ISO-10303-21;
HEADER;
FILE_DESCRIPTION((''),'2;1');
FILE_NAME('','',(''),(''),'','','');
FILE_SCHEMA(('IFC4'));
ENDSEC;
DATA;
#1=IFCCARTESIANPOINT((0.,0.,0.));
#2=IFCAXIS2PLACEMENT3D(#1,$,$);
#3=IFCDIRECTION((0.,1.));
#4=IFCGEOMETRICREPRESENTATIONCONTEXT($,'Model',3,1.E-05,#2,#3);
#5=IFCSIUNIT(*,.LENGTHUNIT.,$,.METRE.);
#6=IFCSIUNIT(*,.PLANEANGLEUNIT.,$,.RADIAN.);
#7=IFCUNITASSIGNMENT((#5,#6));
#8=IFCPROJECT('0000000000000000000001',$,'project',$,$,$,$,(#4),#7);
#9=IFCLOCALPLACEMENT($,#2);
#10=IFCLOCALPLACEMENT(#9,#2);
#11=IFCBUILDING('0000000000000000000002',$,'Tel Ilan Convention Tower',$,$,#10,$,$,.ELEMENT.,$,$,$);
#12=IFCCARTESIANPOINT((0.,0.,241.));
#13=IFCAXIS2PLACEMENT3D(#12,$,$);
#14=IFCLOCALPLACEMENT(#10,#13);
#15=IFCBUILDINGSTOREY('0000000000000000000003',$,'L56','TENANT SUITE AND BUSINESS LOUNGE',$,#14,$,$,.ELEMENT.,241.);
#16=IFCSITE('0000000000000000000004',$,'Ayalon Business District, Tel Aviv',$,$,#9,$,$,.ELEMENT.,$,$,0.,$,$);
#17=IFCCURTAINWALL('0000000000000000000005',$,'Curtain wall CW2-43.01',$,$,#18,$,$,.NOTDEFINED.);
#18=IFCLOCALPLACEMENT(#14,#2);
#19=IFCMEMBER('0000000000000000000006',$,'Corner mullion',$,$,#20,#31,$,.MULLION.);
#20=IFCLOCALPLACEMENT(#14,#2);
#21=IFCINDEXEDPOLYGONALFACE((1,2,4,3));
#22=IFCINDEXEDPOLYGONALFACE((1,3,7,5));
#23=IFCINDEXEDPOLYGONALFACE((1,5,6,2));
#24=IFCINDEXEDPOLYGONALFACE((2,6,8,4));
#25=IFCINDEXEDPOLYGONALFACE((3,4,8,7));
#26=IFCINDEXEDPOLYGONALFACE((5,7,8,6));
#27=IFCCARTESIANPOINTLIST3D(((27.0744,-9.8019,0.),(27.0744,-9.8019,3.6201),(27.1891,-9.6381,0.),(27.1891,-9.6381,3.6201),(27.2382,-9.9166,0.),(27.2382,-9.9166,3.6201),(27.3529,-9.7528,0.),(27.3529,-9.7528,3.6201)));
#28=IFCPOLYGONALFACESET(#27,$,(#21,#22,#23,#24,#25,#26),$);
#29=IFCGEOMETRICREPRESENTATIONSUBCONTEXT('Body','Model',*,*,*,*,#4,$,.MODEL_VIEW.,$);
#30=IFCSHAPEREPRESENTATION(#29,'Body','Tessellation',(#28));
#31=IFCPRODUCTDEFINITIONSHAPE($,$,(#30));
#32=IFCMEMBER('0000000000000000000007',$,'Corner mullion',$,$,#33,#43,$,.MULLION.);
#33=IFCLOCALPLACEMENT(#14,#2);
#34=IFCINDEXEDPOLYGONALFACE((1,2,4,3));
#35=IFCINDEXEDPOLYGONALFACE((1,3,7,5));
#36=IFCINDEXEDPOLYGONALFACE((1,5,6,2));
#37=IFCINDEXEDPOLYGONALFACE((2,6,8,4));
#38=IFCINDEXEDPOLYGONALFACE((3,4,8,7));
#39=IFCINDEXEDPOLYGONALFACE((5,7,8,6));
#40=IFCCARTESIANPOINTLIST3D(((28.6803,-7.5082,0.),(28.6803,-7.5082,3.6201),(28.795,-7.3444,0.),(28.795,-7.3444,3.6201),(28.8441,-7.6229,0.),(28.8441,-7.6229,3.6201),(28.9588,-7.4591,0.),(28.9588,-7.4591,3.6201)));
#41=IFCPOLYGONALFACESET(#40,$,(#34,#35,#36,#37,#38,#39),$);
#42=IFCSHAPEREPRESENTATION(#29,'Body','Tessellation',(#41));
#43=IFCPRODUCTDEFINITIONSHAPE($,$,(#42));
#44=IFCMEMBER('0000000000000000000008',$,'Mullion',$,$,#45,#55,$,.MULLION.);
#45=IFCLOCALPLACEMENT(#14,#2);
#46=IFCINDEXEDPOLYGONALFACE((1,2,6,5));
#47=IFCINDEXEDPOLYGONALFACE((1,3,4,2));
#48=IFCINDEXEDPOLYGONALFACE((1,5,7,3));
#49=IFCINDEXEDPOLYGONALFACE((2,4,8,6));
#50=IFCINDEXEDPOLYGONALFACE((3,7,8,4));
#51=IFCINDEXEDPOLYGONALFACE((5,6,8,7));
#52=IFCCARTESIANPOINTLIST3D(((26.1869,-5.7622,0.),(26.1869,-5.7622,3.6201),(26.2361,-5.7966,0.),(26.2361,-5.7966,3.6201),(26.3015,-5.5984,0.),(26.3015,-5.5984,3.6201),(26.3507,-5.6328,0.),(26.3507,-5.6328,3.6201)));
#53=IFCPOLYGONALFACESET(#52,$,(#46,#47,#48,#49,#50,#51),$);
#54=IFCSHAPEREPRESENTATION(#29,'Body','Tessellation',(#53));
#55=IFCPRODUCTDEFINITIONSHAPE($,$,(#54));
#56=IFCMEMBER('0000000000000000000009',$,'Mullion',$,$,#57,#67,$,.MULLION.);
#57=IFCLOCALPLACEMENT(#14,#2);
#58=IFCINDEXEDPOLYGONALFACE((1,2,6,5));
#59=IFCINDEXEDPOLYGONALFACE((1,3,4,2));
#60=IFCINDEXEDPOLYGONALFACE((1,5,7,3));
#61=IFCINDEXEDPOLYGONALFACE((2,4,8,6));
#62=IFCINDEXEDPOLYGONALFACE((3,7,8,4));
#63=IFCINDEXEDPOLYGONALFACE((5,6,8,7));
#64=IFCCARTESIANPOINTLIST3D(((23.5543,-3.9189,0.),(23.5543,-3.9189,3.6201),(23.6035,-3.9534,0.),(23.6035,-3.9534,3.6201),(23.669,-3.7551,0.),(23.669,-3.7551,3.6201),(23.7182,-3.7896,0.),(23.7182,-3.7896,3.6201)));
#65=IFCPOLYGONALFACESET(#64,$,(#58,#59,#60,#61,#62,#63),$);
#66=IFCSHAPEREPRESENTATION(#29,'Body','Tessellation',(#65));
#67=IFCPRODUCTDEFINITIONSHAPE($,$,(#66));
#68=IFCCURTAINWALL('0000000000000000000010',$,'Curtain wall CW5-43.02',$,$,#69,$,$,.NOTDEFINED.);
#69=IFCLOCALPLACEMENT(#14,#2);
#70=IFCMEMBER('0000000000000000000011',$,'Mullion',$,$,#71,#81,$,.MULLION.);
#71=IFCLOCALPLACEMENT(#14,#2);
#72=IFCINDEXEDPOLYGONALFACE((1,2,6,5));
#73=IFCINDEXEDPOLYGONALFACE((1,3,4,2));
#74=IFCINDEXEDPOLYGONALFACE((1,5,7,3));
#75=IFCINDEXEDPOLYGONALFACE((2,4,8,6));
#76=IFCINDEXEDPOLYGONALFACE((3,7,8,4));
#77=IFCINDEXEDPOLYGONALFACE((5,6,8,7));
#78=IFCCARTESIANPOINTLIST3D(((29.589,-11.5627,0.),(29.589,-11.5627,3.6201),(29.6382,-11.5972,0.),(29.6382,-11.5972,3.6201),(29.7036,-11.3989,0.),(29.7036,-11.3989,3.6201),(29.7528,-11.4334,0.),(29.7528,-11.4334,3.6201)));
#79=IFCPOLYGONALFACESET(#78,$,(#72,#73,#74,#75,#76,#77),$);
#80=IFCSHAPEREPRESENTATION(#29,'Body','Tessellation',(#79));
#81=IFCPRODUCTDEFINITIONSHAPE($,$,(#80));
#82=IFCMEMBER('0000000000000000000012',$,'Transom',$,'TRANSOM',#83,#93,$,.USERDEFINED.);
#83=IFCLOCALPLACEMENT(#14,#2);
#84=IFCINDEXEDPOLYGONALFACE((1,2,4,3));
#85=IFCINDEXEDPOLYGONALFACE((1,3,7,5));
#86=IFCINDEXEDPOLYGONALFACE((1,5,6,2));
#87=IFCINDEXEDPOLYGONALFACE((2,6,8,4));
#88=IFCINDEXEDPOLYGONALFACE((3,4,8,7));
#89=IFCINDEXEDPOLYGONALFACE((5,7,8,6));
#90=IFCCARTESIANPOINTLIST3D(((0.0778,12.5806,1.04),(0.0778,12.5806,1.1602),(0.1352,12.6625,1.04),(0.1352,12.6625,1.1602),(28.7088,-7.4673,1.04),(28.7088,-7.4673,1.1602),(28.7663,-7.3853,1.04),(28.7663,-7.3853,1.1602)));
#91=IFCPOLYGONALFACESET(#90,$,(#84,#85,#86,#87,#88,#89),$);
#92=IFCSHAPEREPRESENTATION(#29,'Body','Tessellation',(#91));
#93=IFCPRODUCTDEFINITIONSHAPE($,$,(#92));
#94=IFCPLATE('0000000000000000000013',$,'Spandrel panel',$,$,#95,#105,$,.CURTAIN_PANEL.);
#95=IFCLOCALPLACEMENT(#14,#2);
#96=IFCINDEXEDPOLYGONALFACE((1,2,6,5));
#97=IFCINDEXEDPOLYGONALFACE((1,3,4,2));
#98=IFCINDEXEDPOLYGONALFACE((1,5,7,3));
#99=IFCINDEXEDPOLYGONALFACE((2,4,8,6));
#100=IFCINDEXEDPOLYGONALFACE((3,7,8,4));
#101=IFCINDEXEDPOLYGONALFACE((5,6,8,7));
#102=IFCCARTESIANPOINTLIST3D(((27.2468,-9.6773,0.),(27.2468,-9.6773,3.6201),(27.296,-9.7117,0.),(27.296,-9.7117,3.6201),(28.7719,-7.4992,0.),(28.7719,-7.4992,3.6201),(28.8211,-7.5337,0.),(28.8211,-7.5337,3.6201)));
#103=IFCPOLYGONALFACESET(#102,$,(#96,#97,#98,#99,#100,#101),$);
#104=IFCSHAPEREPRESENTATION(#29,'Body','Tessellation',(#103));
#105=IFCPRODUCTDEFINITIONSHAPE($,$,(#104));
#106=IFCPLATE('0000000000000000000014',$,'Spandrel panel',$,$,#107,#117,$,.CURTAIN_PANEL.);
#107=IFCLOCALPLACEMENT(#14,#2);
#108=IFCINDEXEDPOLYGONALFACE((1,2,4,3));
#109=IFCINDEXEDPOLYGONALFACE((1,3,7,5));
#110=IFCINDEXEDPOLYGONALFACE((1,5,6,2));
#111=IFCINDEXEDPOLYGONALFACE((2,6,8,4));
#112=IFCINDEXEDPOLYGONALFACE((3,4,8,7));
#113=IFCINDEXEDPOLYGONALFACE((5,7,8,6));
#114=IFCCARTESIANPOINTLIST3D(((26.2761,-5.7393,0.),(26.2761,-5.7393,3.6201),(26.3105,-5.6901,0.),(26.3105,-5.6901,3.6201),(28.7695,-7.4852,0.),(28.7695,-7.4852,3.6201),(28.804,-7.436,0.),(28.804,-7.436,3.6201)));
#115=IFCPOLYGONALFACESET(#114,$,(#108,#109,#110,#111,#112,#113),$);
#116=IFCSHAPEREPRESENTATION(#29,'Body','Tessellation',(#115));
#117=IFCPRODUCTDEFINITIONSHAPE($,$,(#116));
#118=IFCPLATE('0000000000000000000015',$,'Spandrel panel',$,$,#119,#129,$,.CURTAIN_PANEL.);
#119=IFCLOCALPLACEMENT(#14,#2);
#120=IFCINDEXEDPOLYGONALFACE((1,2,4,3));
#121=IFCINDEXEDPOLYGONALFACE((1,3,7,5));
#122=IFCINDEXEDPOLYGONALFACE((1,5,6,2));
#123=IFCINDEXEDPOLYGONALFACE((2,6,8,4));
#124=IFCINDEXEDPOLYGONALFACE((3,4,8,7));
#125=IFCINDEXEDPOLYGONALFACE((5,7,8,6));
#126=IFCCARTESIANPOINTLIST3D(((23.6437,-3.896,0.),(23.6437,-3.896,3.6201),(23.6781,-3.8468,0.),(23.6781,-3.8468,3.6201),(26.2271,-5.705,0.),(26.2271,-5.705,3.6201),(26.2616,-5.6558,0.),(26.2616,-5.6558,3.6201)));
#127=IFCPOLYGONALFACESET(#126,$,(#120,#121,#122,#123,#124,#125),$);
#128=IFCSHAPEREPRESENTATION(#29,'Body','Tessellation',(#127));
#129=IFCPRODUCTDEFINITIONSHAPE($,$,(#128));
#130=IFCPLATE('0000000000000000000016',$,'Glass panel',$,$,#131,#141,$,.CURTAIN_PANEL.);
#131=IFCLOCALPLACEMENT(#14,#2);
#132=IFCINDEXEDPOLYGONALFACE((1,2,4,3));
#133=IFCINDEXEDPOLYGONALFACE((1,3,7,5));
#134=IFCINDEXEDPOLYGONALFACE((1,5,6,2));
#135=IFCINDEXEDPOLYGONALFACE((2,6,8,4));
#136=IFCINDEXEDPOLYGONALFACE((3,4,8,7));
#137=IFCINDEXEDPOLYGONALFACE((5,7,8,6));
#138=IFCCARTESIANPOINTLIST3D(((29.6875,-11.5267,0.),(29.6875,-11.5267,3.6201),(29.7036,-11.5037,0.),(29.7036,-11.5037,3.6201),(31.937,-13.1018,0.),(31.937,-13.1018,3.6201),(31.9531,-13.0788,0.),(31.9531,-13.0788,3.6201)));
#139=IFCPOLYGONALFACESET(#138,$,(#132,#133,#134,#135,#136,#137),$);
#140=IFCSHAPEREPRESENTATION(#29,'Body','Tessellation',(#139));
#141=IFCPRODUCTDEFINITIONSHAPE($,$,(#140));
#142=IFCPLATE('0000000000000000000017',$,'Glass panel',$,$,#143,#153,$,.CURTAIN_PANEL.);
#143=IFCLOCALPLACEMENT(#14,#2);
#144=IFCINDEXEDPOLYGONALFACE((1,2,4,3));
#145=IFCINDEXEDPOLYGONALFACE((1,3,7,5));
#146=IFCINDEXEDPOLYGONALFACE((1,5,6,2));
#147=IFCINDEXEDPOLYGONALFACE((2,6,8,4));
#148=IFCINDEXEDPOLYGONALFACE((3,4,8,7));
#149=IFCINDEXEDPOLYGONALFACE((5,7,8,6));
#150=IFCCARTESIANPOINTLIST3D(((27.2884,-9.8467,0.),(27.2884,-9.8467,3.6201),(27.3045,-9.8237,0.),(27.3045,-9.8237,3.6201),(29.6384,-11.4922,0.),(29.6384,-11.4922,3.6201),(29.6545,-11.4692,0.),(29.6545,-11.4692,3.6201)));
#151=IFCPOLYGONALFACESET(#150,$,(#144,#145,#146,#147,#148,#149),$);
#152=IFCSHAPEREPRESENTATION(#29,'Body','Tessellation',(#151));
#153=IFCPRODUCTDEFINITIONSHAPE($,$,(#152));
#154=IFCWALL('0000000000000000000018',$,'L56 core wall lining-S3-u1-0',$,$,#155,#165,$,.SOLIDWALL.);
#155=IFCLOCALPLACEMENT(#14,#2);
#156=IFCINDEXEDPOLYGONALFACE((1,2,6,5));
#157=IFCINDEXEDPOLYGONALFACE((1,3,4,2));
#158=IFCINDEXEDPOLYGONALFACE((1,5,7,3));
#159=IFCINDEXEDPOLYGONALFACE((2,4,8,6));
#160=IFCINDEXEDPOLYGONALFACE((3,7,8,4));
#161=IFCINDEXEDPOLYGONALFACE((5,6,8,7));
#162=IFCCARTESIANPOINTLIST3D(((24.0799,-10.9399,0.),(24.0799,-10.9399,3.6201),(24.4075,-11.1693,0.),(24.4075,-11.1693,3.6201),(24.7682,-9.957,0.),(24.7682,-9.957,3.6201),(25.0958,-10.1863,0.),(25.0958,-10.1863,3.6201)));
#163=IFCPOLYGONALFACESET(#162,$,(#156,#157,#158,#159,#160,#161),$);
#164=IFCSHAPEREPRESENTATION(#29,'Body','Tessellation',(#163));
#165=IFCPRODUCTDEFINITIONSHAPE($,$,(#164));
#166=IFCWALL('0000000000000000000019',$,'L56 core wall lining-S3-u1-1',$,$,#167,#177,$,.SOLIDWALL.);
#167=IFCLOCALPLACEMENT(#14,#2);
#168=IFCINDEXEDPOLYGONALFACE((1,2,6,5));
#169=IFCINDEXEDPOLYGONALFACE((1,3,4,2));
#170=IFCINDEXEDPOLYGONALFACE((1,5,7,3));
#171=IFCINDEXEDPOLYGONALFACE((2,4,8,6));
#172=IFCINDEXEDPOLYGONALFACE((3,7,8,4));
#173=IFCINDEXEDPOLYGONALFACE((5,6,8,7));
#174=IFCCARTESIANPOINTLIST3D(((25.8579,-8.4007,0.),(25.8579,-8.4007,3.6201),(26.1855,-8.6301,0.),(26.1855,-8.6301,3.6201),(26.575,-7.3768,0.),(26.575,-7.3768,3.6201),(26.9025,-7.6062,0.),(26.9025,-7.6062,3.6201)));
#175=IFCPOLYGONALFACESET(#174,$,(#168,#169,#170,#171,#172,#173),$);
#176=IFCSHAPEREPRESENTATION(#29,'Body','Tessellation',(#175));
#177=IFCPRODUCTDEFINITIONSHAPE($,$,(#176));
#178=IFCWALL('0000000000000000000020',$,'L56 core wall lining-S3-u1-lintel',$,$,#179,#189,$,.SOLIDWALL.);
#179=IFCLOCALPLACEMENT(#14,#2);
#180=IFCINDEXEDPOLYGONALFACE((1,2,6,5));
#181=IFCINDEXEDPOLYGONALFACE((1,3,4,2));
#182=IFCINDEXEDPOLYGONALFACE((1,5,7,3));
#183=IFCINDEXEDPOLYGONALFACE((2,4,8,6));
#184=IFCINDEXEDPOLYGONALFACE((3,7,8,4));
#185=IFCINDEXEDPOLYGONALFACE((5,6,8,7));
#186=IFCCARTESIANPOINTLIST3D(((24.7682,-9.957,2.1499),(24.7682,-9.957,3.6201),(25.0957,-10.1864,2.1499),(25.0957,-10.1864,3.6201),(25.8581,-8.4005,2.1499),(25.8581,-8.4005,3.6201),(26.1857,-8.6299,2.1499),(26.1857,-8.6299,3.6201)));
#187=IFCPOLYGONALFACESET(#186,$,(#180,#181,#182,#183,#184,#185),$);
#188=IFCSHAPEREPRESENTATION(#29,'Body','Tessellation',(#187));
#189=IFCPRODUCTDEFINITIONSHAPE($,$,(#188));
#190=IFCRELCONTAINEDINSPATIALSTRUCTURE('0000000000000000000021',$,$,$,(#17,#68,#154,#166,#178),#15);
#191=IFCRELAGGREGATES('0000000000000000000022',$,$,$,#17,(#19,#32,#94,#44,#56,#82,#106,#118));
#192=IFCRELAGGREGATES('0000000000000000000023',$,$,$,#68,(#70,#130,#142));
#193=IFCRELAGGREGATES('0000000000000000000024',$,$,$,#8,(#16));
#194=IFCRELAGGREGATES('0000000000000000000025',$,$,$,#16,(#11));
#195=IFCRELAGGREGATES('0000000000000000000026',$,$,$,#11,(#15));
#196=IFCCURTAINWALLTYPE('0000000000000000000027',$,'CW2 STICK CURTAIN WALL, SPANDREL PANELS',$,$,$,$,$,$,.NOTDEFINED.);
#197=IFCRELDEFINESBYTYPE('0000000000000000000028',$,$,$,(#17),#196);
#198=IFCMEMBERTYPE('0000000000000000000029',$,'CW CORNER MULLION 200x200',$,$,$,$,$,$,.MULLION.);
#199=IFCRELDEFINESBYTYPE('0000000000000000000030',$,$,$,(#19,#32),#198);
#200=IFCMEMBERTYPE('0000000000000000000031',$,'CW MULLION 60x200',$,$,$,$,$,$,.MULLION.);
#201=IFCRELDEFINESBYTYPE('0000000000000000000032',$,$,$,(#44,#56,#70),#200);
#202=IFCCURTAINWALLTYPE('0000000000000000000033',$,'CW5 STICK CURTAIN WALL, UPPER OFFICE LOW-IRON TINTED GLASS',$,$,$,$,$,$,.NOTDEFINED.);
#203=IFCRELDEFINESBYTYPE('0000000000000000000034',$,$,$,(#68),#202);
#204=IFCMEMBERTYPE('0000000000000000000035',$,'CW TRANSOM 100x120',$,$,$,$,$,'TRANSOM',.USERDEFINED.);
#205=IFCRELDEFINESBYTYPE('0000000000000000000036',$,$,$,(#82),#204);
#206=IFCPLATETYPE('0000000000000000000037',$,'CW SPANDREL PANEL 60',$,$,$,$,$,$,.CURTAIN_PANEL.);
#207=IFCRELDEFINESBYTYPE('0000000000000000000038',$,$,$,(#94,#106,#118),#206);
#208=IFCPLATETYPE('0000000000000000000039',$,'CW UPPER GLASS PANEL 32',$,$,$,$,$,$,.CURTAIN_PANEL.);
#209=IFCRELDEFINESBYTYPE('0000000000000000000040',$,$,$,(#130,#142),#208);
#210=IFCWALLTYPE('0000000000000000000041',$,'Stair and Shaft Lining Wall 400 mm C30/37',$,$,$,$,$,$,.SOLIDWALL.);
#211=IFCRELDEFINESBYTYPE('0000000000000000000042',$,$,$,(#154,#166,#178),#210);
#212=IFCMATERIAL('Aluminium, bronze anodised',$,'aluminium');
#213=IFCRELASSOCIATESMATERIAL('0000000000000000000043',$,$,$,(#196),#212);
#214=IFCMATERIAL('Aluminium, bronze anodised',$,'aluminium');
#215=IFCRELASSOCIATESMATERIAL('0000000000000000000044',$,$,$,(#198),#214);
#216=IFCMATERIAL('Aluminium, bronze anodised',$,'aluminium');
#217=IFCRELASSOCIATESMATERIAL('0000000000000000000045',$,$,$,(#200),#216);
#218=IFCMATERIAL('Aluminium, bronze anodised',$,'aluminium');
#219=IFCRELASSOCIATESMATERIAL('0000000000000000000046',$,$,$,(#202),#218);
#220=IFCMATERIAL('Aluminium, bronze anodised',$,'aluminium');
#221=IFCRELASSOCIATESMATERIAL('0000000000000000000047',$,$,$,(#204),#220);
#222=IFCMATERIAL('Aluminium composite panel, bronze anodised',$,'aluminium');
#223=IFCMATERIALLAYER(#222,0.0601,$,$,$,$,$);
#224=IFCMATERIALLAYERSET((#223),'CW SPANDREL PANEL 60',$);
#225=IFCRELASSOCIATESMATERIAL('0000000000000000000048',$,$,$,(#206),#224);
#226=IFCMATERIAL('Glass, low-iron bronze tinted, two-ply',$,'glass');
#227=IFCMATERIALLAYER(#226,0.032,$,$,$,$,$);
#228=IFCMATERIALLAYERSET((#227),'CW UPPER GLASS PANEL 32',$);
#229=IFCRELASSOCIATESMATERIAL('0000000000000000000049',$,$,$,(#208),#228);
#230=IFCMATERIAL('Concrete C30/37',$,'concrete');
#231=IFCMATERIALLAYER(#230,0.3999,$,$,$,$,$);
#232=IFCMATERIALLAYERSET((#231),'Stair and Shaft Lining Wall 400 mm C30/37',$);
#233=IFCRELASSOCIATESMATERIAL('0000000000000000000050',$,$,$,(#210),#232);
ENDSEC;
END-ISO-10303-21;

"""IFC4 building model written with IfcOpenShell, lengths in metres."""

from ifc_helpers import new_model, si_unit, direction, frame, frame_2d, origin, origin_2d, place, context, subcontext, project, spatial, rectangle, extrude, material, layer, layer_set, material_profile, profile_set, type_object, element, aggregate, save


model = new_model("IFC4")

# Units and contexts
model_context = context("Model", 3, precision=1e-05, world=origin(), true_north=direction((0.0, 1.0)))
body_context = subcontext(model_context, "Body", "Model", "MODEL_VIEW")
ifc_project = project(units=[si_unit("LENGTHUNIT", "METRE"), si_unit("PLANEANGLEUNIT", "RADIAN")], contexts=[model_context])

# Site, building, storey
site_placement = place(None, origin())
site = spatial("IfcSite", under=ifc_project, at=site_placement, Name="Ayalon Business District, Tel Aviv", CompositionType="ELEMENT", RefElevation=0.0)
building_placement = place(site_placement, origin())
building = spatial("IfcBuilding", under=site, at=building_placement, Name="Tel Ilan Convention Tower", CompositionType="ELEMENT")
storey_placement = place(building_placement, frame((0.0, 0.0, 241.0)))
storey = spatial("IfcBuildingStorey", under=building, at=storey_placement, Name="L56", Description="TENANT SUITE AND BUSINESS LOUNGE", CompositionType="ELEMENT", Elevation=241.0)

# Curtain wall, members
ifc_material_1 = material(Name="Aluminium, bronze anodised", Category="aluminium")
curtain_wall_type_1 = type_object("IfcCurtainWallType", Name="CW2 STICK CURTAIN WALL, SPANDREL PANELS", PredefinedType="NOTDEFINED", material=ifc_material_1)
curtain_wall_1_placement = place(storey_placement, origin())
curtain_wall_1 = element("IfcCurtainWall", 1, at=curtain_wall_1_placement, inside=storey, type_object=curtain_wall_type_1, Name="Curtain wall CW2-43.01", PredefinedType="NOTDEFINED")
ifc_material_2 = material(Name="Aluminium, bronze anodised", Category="aluminium")
ifc_material_profile_1 = material_profile(ifc_material_2, rectangle(XDim=0.2, YDim=0.2, at=origin_2d()), Name="CW CORNER MULLION 200x200")
ifc_profile_set_1 = profile_set([ifc_material_profile_1], Name="Aluminium, bronze anodised")
member_type_1 = type_object("IfcMemberType", Name="CW CORNER MULLION 200x200", PredefinedType="MULLION", material=ifc_profile_set_1)
member_1_placement = place(storey_placement, frame((27.2136, -9.7773, 0.0), z_axis=(0.0, 0.0, 1.0), x_axis=(-0.819152, 0.573576, 0.0)))
member_1 = element("IfcMember", 2, at=member_1_placement, type_object=member_type_1, Name="Corner mullion", PredefinedType="MULLION", context=body_context, shape_type="SweptSolid", body=[
    extrude(rectangle(XDim=0.2, YDim=0.2, at=origin_2d()), origin(), (0.0, 0.0, 1.0), 3.6201),
])
member_2_placement = place(storey_placement, frame((28.8196, -7.4836, 0.0), z_axis=(0.0, 0.0, 1.0), x_axis=(0.573576, 0.819152, 0.0)))
member_2 = element("IfcMember", 3, at=member_2_placement, type_object=member_type_1, Name="Corner mullion", PredefinedType="MULLION", context=body_context, shape_type="SweptSolid", body=[
    extrude(rectangle(XDim=0.2, YDim=0.2, at=origin_2d()), origin(), (0.0, 0.0, 1.0), 3.6201),
])
ifc_material_3 = material(Name="Aluminium, bronze anodised", Category="aluminium")
ifc_material_profile_2 = material_profile(ifc_material_3, rectangle(XDim=0.0601, YDim=0.2, at=origin_2d()), Name="CW MULLION 60x200")
ifc_profile_set_2 = profile_set([ifc_material_profile_2], Name="Aluminium, bronze anodised")
member_type_2 = type_object("IfcMemberType", Name="CW MULLION 60x200", PredefinedType="MULLION", material=ifc_profile_set_2)
member_3_placement = place(storey_placement, frame((26.2688, -5.6975, 0.0), z_axis=(0.0, 0.0, 1.0), x_axis=(-0.819152, 0.573576, 0.0)))
member_3 = element("IfcMember", 4, at=member_3_placement, type_object=member_type_2, Name="Mullion", PredefinedType="MULLION", context=body_context, shape_type="SweptSolid", body=[
    extrude(rectangle(XDim=0.0601, YDim=0.2, at=origin_2d()), origin(), (0.0, 0.0, 1.0), 3.6201),
])
member_4_placement = place(storey_placement, frame((23.6362, -3.8542, 0.0), z_axis=(0.0, 0.0, 1.0), x_axis=(-0.819152, 0.573576, 0.0)))
member_4 = element("IfcMember", 5, at=member_4_placement, type_object=member_type_2, Name="Mullion", PredefinedType="MULLION", context=body_context, shape_type="SweptSolid", body=[
    extrude(rectangle(XDim=0.0601, YDim=0.2, at=origin_2d()), origin(), (0.0, 0.0, 1.0), 3.6201),
])

# Curtain wall, member
ifc_material_4 = material(Name="Aluminium, bronze anodised", Category="aluminium")
curtain_wall_type_2 = type_object("IfcCurtainWallType", Name="CW5 STICK CURTAIN WALL, UPPER OFFICE LOW-IRON TINTED GLASS", PredefinedType="NOTDEFINED", material=ifc_material_4)
curtain_wall_2_placement = place(storey_placement, origin())
curtain_wall_2 = element("IfcCurtainWall", 6, at=curtain_wall_2_placement, inside=storey, type_object=curtain_wall_type_2, Name="Curtain wall CW5-43.02", PredefinedType="NOTDEFINED")
member_5_placement = place(storey_placement, frame((29.6709, -11.498, 0.0), z_axis=(0.0, 0.0, 1.0), x_axis=(-0.819152, 0.573576, 0.0)))
member_5 = element("IfcMember", 7, at=member_5_placement, type_object=member_type_2, Name="Mullion", PredefinedType="MULLION", context=body_context, shape_type="SweptSolid", body=[
    extrude(rectangle(XDim=0.0601, YDim=0.2, at=origin_2d()), origin(), (0.0, 0.0, 1.0), 3.6201),
])

# Member
ifc_material_5 = material(Name="Aluminium, bronze anodised", Category="aluminium")
ifc_material_profile_3 = material_profile(ifc_material_5, rectangle(XDim=0.1001, YDim=0.1201, at=origin_2d()), Name="CW TRANSOM 100x120")
ifc_profile_set_3 = profile_set([ifc_material_profile_3], Name="Aluminium, bronze anodised")
member_type_3 = type_object("IfcMemberType", Name="CW TRANSOM 100x120", ElementType="TRANSOM", PredefinedType="USERDEFINED", material=ifc_profile_set_3)
member_6_placement = place(storey_placement, frame((28.7375, -7.4263, 1.1001), z_axis=(-0.81915, 0.573579, 0.0), x_axis=(-0.573579, -0.81915, 0.0)))
member_6 = element("IfcMember", 8, at=member_6_placement, type_object=member_type_3, Name="Transom", ObjectType="TRANSOM", PredefinedType="USERDEFINED", context=body_context, shape_type="SweptSolid", body=[
    extrude(rectangle(XDim=0.1001, YDim=0.1201, at=origin_2d()), origin(), (0.0, 0.0, 1.0), 34.9521),
])

# Plates
ifc_material_6 = material(Name="Aluminium composite panel, bronze anodised", Category="aluminium")
ifc_layer_1 = layer(ifc_material_6, 0.0601)
ifc_layer_set_1 = layer_set([ifc_layer_1], Name="CW SPANDREL PANEL 60")
plate_type_1 = type_object("IfcPlateType", Name="CW SPANDREL PANEL 60", PredefinedType="CURTAIN_PANEL", material=ifc_layer_set_1)
plate_1_placement = place(storey_placement, frame((28.0339, -8.6055, 0.0), z_axis=(0.0, 0.0, 1.0), x_axis=(0.573576, 0.819152, 0.0)))
plate_1 = element("IfcPlate", 9, at=plate_1_placement, type_object=plate_type_1, Name="Spandrel panel", PredefinedType="CURTAIN_PANEL", context=body_context, shape_type="SweptSolid", body=[
    extrude(rectangle(XDim=2.6589, YDim=0.0601, at=origin_2d()), origin(), (0.0, 0.0, 1.0), 3.6201),
])
plate_2_placement = place(storey_placement, frame((27.54, -6.5876, 0.0), z_axis=(0.0, 0.0, 1.0), x_axis=(-0.819152, 0.573576, 0.0)))
plate_2 = element("IfcPlate", 10, at=plate_2_placement, type_object=plate_type_1, Name="Spandrel panel", PredefinedType="CURTAIN_PANEL", context=body_context, shape_type="SweptSolid", body=[
    extrude(rectangle(XDim=3.0439, YDim=0.0601, at=origin_2d()), origin(), (0.0, 0.0, 1.0), 3.6201),
])
plate_3_placement = place(storey_placement, frame((24.9526, -4.7759, 0.0), z_axis=(0.0, 0.0, 1.0), x_axis=(-0.819152, 0.573576, 0.0)))
plate_3 = element("IfcPlate", 11, at=plate_3_placement, type_object=plate_type_1, Name="Spandrel panel", PredefinedType="CURTAIN_PANEL", context=body_context, shape_type="SweptSolid", body=[
    extrude(rectangle(XDim=3.1538, YDim=0.0601, at=origin_2d()), origin(), (0.0, 0.0, 1.0), 3.6201),
])
aggregate(curtain_wall_1, [member_1, member_2, plate_1, member_3, member_4, member_6, plate_2, plate_3])
ifc_material_7 = material(Name="Glass, low-iron bronze tinted, two-ply", Category="glass")
ifc_layer_2 = layer(ifc_material_7, 0.032)
ifc_layer_set_2 = layer_set([ifc_layer_2], Name="CW UPPER GLASS PANEL 32")
plate_type_2 = type_object("IfcPlateType", Name="CW UPPER GLASS PANEL 32", PredefinedType="CURTAIN_PANEL", material=ifc_layer_set_2)
plate_4_placement = place(storey_placement, frame((30.8203, -12.3027, 0.0), z_axis=(0.0, 0.0, 1.0), x_axis=(-0.819152, 0.573576, 0.0)))
plate_4 = element("IfcPlate", 12, at=plate_4_placement, type_object=plate_type_2, Name="Glass panel", PredefinedType="CURTAIN_PANEL", context=body_context, shape_type="SweptSolid", body=[
    extrude(rectangle(XDim=2.7461, YDim=0.0281, at=origin_2d()), origin(), (0.0, 0.0, 1.0), 3.6201),
])
plate_5_placement = place(storey_placement, frame((28.4714, -10.658, 0.0), z_axis=(0.0, 0.0, 1.0), x_axis=(-0.819152, 0.573576, 0.0)))
plate_5 = element("IfcPlate", 13, at=plate_5_placement, type_object=plate_type_2, Name="Glass panel", PredefinedType="CURTAIN_PANEL", context=body_context, shape_type="SweptSolid", body=[
    extrude(rectangle(XDim=2.8689, YDim=0.0281, at=origin_2d()), origin(), (0.0, 0.0, 1.0), 3.6201),
])
aggregate(curtain_wall_2, [member_5, plate_4, plate_5])

# Walls
ifc_material_8 = material(Name="Concrete C30/37", Category="concrete")
ifc_layer_3 = layer(ifc_material_8, 0.3999)
ifc_layer_set_3 = layer_set([ifc_layer_3], Name="Stair and Shaft Lining Wall 400 mm C30/37")
wall_type = type_object("IfcWallType", Name="Stair and Shaft Lining Wall 400 mm C30/37", PredefinedType="SOLIDWALL", material=ifc_layer_set_3)
wall_1_placement = place(storey_placement, frame((24.2437, -11.0547, 0.0), z_axis=(0.0, 0.0, 1.0), x_axis=(0.573572, 0.819155, 0.0)))
element("IfcWall", 14, at=wall_1_placement, inside=storey, type_object=wall_type, Name="L56 core wall lining-S3-u1-0", PredefinedType="SOLIDWALL", context=body_context, shape_type="SweptSolid", body=[
    extrude(rectangle(XDim=1.2, YDim=0.3999, at=frame_2d((0.6001, 0.0))), origin(), (0.0, 0.0, 1.0), 3.6201),
])
wall_2_placement = place(storey_placement, frame((26.0217, -8.5154, 0.0), z_axis=(0.0, 0.0, 1.0), x_axis=(0.57362, 0.819122, 0.0)))
element("IfcWall", 15, at=wall_2_placement, inside=storey, type_object=wall_type, Name="L56 core wall lining-S3-u1-1", PredefinedType="SOLIDWALL", context=body_context, shape_type="SweptSolid", body=[
    extrude(rectangle(XDim=1.25, YDim=0.3999, at=frame_2d((0.625, 0.0))), origin(), (0.0, 0.0, 1.0), 3.6201),
])
wall_3_placement = place(storey_placement, frame((24.9319, -10.0718, 2.1499), z_axis=(0.0, 0.0, 1.0), x_axis=(0.573592, 0.819141, 0.0)))
element("IfcWall", 16, at=wall_3_placement, inside=storey, type_object=wall_type, Name="L56 core wall lining-S3-u1-lintel", PredefinedType="SOLIDWALL", context=body_context, shape_type="SweptSolid", body=[
    extrude(rectangle(XDim=1.9001, YDim=0.3999, at=frame_2d((0.9502, 0.0))), origin(), (0.0, 0.0, 1.0), 1.4702),
])

save(model, "model.ifc")
